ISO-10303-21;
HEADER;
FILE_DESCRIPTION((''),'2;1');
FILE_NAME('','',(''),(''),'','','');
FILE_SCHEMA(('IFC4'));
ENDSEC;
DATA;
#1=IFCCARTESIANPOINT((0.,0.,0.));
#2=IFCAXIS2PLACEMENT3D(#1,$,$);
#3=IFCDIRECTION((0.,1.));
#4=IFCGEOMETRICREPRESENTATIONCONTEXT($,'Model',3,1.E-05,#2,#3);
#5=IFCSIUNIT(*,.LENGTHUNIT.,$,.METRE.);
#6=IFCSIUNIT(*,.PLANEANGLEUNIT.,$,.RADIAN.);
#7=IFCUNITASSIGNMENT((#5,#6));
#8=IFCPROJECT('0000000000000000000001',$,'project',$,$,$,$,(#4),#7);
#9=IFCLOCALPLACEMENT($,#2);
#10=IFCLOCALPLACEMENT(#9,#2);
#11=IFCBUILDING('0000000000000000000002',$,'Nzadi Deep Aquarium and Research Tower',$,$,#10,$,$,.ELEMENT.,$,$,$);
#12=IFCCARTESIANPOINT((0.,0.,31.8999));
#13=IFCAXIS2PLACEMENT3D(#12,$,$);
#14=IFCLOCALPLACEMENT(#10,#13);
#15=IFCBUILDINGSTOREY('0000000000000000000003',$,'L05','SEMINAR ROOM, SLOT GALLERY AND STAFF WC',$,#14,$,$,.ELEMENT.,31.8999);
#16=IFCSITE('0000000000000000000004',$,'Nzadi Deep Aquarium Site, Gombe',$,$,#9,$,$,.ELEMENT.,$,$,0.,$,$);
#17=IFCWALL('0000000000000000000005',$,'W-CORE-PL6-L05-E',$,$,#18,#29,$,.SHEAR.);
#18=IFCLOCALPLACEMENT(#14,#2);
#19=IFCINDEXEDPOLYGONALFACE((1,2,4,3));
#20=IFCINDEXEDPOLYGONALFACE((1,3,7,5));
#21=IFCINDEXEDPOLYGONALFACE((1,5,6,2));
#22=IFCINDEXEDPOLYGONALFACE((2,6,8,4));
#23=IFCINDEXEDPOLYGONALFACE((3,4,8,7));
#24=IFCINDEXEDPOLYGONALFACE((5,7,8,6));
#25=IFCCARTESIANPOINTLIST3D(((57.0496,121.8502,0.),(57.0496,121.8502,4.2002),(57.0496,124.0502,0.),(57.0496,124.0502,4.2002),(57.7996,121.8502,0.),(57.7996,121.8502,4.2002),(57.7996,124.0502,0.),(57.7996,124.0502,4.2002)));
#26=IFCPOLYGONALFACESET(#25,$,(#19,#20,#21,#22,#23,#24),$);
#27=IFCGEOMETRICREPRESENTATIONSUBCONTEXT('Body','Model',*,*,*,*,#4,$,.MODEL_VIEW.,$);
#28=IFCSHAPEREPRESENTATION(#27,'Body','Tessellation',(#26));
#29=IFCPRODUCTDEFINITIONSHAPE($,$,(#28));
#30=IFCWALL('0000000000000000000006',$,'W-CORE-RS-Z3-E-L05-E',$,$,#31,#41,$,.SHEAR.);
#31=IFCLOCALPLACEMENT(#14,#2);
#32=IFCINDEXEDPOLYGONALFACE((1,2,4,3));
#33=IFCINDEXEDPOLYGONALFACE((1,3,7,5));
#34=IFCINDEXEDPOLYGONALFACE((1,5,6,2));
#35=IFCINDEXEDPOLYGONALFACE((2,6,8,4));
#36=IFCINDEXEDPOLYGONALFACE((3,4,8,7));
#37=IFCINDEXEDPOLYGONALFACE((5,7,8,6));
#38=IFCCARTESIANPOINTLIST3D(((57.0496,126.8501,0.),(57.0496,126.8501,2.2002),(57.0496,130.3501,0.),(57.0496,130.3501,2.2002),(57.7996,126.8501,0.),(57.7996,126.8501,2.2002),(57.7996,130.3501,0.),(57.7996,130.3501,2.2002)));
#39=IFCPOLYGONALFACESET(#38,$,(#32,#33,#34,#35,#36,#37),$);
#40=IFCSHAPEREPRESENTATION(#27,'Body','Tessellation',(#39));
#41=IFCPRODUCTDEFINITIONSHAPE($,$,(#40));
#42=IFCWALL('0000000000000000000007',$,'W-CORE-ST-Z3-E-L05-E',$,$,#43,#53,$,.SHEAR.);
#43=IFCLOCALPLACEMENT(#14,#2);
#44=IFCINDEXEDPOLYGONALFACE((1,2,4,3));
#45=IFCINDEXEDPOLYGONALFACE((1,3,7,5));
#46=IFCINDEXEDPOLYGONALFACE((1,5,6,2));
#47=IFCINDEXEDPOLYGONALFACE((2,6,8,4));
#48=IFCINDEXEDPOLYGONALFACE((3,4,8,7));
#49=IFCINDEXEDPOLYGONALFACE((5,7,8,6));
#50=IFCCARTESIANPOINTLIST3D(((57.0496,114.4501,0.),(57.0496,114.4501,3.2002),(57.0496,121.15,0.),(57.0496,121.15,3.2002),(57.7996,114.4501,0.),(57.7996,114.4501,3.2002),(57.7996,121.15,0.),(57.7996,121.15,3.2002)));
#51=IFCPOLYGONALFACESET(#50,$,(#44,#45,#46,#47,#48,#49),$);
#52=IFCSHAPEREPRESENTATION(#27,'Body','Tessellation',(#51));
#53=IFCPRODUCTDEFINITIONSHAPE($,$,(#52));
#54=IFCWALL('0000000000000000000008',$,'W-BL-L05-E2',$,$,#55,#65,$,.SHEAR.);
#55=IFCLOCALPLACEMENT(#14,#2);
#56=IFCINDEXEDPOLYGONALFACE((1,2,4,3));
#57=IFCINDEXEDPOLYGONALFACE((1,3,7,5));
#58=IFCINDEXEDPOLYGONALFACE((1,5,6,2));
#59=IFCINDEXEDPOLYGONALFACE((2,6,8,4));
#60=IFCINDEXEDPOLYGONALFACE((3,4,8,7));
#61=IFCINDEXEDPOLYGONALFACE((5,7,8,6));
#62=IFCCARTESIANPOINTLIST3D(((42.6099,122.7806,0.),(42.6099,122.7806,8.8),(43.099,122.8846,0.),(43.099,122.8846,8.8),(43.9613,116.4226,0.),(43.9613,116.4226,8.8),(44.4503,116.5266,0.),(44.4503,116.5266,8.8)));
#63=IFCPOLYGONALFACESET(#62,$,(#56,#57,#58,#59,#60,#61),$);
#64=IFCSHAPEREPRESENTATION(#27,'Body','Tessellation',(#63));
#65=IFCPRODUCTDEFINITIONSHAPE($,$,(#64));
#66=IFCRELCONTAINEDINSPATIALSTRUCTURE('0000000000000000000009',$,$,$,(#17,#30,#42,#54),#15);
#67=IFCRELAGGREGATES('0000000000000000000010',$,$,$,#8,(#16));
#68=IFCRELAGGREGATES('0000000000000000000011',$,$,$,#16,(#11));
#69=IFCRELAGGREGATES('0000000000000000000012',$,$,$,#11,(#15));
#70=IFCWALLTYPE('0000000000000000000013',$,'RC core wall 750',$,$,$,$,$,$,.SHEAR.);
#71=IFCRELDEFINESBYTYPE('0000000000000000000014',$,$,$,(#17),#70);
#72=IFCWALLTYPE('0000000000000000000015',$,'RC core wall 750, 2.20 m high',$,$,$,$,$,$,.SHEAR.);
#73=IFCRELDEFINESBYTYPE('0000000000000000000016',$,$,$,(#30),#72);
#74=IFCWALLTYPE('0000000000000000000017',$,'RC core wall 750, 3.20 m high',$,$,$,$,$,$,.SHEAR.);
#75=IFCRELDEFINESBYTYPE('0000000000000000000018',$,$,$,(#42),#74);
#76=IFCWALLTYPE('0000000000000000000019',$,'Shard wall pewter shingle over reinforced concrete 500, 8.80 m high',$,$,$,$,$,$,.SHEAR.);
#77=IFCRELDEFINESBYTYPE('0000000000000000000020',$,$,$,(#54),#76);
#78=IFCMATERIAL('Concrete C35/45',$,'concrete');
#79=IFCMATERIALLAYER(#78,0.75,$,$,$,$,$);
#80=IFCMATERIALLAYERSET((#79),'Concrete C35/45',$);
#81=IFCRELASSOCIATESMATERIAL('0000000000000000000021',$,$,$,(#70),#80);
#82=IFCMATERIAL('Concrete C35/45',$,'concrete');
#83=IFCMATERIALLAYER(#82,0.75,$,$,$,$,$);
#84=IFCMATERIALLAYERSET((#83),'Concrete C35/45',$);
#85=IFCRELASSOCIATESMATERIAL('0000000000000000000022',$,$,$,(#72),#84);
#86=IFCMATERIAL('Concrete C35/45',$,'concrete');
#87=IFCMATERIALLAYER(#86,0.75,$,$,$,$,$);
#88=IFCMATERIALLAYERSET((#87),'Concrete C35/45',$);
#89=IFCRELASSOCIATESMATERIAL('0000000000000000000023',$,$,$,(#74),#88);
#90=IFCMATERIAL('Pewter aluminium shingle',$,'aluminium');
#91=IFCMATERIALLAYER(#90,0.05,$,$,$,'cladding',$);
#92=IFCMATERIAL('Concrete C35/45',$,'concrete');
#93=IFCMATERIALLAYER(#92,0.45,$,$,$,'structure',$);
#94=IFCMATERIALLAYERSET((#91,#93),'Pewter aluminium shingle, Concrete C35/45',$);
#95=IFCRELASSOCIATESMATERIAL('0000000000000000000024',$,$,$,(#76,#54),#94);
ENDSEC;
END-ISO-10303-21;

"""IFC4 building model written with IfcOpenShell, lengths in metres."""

from ifc_helpers import new_model, si_unit, direction, frame, frame_2d, origin, place, context, subcontext, project, spatial, rectangle, extrude, material, layer, layer_set, layer_usage, type_object, element, save


model = new_model("IFC4")

# Units and contexts
model_context = context("Model", 3, precision=1e-05, world=origin(), true_north=direction((0.0, 1.0)))
body_context = subcontext(model_context, "Body", "Model", "MODEL_VIEW")
ifc_project = project(units=[si_unit("LENGTHUNIT", "METRE"), si_unit("PLANEANGLEUNIT", "RADIAN")], contexts=[model_context])

# Site, building, storey
site_placement = place(None, origin())
site = spatial("IfcSite", under=ifc_project, at=site_placement, Name="Nzadi Deep Aquarium Site, Gombe", CompositionType="ELEMENT", RefElevation=0.0)
building_placement = place(site_placement, origin())
building = spatial("IfcBuilding", under=site, at=building_placement, Name="Nzadi Deep Aquarium and Research Tower", CompositionType="ELEMENT")
storey_placement = place(building_placement, frame((0.0, 0.0, 31.8999)))
storey = spatial("IfcBuildingStorey", under=building, at=storey_placement, Name="L05", Description="SEMINAR ROOM, SLOT GALLERY AND STAFF WC", CompositionType="ELEMENT", Elevation=31.8999)

# Shared definitions
ifc_material_1 = material(Name="Concrete C35/45", Category="concrete")

# Walls
ifc_material_2 = material(Name="Concrete C35/45", Category="concrete")
ifc_layer_1 = layer(ifc_material_2, 0.75)
ifc_layer_set_1 = layer_set([ifc_layer_1], Name="Concrete C35/45")
wall_type_1 = type_object("IfcWallType", Name="RC core wall 750", PredefinedType="SHEAR", material=ifc_layer_set_1)
wall_1_placement = place(storey_placement, frame((57.4246, 121.8501, 0.0), z_axis=(0.0, 0.0, 1.0), x_axis=(0.0, 1.0, 0.0)))
element("IfcWall", 1, at=wall_1_placement, inside=storey, type_object=wall_type_1, Name="W-CORE-PL6-L05-E", PredefinedType="SHEAR", context=body_context, shape_type="SweptSolid", body=[
    extrude(rectangle(XDim=2.2, YDim=0.75, at=frame_2d((1.1001, 0.0))), origin(), (0.0, 0.0, 1.0), 4.2002),
])
ifc_material_3 = material(Name="Concrete C35/45", Category="concrete")
ifc_layer_2 = layer(ifc_material_3, 0.75)
ifc_layer_set_2 = layer_set([ifc_layer_2], Name="Concrete C35/45")
wall_type_2 = type_object("IfcWallType", Name="RC core wall 750, 2.20 m high", PredefinedType="SHEAR", material=ifc_layer_set_2)
wall_2_placement = place(storey_placement, frame((57.4246, 126.8501, 0.0), z_axis=(0.0, 0.0, 1.0), x_axis=(0.0, 1.0, 0.0)))
element("IfcWall", 2, at=wall_2_placement, inside=storey, type_object=wall_type_2, Name="W-CORE-RS-Z3-E-L05-E", PredefinedType="SHEAR", context=body_context, shape_type="SweptSolid", body=[
    extrude(rectangle(XDim=3.5, YDim=0.75, at=frame_2d((1.75, 0.0))), origin(), (0.0, 0.0, 1.0), 2.2002),
])
ifc_material_4 = material(Name="Concrete C35/45", Category="concrete")
ifc_layer_3 = layer(ifc_material_4, 0.75)
ifc_layer_set_3 = layer_set([ifc_layer_3], Name="Concrete C35/45")
wall_type_3 = type_object("IfcWallType", Name="RC core wall 750, 3.20 m high", PredefinedType="SHEAR", material=ifc_layer_set_3)
wall_3_placement = place(storey_placement, frame((57.4246, 114.45, 0.0), z_axis=(0.0, 0.0, 1.0), x_axis=(0.0, 1.0, 0.0)))
element("IfcWall", 3, at=wall_3_placement, inside=storey, type_object=wall_type_3, Name="W-CORE-ST-Z3-E-L05-E", PredefinedType="SHEAR", context=body_context, shape_type="SweptSolid", body=[
    extrude(rectangle(XDim=6.7, YDim=0.75, at=frame_2d((3.3501, 0.0))), origin(), (0.0, 0.0, 1.0), 3.2002),
])
ifc_material_5 = material(Name="Pewter aluminium shingle", Category="aluminium")
ifc_layer_4 = layer(ifc_material_5, 0.05, Category="cladding")
ifc_layer_5 = layer(ifc_material_1, 0.45, Category="structure")
ifc_layer_set_4 = layer_set([ifc_layer_4, ifc_layer_5], Name="Pewter aluminium shingle, Concrete C35/45")
ifc_layer_usage_1 = layer_usage(ifc_layer_set_4, "AXIS2", "POSITIVE", -0.25)
wall_type_4 = type_object("IfcWallType", Name="Shard wall pewter shingle over reinforced concrete 500, 8.80 m high", PredefinedType="SHEAR", material=ifc_layer_set_4)
wall_4_placement = place(storey_placement, frame((44.2058, 116.4746, 0.0), z_axis=(0.0, 0.0, 1.0), x_axis=(-0.207897, 0.978151, 0.0)))
element("IfcWall", 4, at=wall_4_placement, inside=storey, type_object=wall_type_4, material=ifc_layer_usage_1, Name="W-BL-L05-E2", PredefinedType="SHEAR", context=body_context, shape_type="SweptSolid", body=[
    extrude(rectangle(XDim=6.5, YDim=0.5, at=frame_2d((3.25, 0.0))), origin(), (0.0, 0.0, 1.0), 8.8),
])

save(model, "model.ifc")
